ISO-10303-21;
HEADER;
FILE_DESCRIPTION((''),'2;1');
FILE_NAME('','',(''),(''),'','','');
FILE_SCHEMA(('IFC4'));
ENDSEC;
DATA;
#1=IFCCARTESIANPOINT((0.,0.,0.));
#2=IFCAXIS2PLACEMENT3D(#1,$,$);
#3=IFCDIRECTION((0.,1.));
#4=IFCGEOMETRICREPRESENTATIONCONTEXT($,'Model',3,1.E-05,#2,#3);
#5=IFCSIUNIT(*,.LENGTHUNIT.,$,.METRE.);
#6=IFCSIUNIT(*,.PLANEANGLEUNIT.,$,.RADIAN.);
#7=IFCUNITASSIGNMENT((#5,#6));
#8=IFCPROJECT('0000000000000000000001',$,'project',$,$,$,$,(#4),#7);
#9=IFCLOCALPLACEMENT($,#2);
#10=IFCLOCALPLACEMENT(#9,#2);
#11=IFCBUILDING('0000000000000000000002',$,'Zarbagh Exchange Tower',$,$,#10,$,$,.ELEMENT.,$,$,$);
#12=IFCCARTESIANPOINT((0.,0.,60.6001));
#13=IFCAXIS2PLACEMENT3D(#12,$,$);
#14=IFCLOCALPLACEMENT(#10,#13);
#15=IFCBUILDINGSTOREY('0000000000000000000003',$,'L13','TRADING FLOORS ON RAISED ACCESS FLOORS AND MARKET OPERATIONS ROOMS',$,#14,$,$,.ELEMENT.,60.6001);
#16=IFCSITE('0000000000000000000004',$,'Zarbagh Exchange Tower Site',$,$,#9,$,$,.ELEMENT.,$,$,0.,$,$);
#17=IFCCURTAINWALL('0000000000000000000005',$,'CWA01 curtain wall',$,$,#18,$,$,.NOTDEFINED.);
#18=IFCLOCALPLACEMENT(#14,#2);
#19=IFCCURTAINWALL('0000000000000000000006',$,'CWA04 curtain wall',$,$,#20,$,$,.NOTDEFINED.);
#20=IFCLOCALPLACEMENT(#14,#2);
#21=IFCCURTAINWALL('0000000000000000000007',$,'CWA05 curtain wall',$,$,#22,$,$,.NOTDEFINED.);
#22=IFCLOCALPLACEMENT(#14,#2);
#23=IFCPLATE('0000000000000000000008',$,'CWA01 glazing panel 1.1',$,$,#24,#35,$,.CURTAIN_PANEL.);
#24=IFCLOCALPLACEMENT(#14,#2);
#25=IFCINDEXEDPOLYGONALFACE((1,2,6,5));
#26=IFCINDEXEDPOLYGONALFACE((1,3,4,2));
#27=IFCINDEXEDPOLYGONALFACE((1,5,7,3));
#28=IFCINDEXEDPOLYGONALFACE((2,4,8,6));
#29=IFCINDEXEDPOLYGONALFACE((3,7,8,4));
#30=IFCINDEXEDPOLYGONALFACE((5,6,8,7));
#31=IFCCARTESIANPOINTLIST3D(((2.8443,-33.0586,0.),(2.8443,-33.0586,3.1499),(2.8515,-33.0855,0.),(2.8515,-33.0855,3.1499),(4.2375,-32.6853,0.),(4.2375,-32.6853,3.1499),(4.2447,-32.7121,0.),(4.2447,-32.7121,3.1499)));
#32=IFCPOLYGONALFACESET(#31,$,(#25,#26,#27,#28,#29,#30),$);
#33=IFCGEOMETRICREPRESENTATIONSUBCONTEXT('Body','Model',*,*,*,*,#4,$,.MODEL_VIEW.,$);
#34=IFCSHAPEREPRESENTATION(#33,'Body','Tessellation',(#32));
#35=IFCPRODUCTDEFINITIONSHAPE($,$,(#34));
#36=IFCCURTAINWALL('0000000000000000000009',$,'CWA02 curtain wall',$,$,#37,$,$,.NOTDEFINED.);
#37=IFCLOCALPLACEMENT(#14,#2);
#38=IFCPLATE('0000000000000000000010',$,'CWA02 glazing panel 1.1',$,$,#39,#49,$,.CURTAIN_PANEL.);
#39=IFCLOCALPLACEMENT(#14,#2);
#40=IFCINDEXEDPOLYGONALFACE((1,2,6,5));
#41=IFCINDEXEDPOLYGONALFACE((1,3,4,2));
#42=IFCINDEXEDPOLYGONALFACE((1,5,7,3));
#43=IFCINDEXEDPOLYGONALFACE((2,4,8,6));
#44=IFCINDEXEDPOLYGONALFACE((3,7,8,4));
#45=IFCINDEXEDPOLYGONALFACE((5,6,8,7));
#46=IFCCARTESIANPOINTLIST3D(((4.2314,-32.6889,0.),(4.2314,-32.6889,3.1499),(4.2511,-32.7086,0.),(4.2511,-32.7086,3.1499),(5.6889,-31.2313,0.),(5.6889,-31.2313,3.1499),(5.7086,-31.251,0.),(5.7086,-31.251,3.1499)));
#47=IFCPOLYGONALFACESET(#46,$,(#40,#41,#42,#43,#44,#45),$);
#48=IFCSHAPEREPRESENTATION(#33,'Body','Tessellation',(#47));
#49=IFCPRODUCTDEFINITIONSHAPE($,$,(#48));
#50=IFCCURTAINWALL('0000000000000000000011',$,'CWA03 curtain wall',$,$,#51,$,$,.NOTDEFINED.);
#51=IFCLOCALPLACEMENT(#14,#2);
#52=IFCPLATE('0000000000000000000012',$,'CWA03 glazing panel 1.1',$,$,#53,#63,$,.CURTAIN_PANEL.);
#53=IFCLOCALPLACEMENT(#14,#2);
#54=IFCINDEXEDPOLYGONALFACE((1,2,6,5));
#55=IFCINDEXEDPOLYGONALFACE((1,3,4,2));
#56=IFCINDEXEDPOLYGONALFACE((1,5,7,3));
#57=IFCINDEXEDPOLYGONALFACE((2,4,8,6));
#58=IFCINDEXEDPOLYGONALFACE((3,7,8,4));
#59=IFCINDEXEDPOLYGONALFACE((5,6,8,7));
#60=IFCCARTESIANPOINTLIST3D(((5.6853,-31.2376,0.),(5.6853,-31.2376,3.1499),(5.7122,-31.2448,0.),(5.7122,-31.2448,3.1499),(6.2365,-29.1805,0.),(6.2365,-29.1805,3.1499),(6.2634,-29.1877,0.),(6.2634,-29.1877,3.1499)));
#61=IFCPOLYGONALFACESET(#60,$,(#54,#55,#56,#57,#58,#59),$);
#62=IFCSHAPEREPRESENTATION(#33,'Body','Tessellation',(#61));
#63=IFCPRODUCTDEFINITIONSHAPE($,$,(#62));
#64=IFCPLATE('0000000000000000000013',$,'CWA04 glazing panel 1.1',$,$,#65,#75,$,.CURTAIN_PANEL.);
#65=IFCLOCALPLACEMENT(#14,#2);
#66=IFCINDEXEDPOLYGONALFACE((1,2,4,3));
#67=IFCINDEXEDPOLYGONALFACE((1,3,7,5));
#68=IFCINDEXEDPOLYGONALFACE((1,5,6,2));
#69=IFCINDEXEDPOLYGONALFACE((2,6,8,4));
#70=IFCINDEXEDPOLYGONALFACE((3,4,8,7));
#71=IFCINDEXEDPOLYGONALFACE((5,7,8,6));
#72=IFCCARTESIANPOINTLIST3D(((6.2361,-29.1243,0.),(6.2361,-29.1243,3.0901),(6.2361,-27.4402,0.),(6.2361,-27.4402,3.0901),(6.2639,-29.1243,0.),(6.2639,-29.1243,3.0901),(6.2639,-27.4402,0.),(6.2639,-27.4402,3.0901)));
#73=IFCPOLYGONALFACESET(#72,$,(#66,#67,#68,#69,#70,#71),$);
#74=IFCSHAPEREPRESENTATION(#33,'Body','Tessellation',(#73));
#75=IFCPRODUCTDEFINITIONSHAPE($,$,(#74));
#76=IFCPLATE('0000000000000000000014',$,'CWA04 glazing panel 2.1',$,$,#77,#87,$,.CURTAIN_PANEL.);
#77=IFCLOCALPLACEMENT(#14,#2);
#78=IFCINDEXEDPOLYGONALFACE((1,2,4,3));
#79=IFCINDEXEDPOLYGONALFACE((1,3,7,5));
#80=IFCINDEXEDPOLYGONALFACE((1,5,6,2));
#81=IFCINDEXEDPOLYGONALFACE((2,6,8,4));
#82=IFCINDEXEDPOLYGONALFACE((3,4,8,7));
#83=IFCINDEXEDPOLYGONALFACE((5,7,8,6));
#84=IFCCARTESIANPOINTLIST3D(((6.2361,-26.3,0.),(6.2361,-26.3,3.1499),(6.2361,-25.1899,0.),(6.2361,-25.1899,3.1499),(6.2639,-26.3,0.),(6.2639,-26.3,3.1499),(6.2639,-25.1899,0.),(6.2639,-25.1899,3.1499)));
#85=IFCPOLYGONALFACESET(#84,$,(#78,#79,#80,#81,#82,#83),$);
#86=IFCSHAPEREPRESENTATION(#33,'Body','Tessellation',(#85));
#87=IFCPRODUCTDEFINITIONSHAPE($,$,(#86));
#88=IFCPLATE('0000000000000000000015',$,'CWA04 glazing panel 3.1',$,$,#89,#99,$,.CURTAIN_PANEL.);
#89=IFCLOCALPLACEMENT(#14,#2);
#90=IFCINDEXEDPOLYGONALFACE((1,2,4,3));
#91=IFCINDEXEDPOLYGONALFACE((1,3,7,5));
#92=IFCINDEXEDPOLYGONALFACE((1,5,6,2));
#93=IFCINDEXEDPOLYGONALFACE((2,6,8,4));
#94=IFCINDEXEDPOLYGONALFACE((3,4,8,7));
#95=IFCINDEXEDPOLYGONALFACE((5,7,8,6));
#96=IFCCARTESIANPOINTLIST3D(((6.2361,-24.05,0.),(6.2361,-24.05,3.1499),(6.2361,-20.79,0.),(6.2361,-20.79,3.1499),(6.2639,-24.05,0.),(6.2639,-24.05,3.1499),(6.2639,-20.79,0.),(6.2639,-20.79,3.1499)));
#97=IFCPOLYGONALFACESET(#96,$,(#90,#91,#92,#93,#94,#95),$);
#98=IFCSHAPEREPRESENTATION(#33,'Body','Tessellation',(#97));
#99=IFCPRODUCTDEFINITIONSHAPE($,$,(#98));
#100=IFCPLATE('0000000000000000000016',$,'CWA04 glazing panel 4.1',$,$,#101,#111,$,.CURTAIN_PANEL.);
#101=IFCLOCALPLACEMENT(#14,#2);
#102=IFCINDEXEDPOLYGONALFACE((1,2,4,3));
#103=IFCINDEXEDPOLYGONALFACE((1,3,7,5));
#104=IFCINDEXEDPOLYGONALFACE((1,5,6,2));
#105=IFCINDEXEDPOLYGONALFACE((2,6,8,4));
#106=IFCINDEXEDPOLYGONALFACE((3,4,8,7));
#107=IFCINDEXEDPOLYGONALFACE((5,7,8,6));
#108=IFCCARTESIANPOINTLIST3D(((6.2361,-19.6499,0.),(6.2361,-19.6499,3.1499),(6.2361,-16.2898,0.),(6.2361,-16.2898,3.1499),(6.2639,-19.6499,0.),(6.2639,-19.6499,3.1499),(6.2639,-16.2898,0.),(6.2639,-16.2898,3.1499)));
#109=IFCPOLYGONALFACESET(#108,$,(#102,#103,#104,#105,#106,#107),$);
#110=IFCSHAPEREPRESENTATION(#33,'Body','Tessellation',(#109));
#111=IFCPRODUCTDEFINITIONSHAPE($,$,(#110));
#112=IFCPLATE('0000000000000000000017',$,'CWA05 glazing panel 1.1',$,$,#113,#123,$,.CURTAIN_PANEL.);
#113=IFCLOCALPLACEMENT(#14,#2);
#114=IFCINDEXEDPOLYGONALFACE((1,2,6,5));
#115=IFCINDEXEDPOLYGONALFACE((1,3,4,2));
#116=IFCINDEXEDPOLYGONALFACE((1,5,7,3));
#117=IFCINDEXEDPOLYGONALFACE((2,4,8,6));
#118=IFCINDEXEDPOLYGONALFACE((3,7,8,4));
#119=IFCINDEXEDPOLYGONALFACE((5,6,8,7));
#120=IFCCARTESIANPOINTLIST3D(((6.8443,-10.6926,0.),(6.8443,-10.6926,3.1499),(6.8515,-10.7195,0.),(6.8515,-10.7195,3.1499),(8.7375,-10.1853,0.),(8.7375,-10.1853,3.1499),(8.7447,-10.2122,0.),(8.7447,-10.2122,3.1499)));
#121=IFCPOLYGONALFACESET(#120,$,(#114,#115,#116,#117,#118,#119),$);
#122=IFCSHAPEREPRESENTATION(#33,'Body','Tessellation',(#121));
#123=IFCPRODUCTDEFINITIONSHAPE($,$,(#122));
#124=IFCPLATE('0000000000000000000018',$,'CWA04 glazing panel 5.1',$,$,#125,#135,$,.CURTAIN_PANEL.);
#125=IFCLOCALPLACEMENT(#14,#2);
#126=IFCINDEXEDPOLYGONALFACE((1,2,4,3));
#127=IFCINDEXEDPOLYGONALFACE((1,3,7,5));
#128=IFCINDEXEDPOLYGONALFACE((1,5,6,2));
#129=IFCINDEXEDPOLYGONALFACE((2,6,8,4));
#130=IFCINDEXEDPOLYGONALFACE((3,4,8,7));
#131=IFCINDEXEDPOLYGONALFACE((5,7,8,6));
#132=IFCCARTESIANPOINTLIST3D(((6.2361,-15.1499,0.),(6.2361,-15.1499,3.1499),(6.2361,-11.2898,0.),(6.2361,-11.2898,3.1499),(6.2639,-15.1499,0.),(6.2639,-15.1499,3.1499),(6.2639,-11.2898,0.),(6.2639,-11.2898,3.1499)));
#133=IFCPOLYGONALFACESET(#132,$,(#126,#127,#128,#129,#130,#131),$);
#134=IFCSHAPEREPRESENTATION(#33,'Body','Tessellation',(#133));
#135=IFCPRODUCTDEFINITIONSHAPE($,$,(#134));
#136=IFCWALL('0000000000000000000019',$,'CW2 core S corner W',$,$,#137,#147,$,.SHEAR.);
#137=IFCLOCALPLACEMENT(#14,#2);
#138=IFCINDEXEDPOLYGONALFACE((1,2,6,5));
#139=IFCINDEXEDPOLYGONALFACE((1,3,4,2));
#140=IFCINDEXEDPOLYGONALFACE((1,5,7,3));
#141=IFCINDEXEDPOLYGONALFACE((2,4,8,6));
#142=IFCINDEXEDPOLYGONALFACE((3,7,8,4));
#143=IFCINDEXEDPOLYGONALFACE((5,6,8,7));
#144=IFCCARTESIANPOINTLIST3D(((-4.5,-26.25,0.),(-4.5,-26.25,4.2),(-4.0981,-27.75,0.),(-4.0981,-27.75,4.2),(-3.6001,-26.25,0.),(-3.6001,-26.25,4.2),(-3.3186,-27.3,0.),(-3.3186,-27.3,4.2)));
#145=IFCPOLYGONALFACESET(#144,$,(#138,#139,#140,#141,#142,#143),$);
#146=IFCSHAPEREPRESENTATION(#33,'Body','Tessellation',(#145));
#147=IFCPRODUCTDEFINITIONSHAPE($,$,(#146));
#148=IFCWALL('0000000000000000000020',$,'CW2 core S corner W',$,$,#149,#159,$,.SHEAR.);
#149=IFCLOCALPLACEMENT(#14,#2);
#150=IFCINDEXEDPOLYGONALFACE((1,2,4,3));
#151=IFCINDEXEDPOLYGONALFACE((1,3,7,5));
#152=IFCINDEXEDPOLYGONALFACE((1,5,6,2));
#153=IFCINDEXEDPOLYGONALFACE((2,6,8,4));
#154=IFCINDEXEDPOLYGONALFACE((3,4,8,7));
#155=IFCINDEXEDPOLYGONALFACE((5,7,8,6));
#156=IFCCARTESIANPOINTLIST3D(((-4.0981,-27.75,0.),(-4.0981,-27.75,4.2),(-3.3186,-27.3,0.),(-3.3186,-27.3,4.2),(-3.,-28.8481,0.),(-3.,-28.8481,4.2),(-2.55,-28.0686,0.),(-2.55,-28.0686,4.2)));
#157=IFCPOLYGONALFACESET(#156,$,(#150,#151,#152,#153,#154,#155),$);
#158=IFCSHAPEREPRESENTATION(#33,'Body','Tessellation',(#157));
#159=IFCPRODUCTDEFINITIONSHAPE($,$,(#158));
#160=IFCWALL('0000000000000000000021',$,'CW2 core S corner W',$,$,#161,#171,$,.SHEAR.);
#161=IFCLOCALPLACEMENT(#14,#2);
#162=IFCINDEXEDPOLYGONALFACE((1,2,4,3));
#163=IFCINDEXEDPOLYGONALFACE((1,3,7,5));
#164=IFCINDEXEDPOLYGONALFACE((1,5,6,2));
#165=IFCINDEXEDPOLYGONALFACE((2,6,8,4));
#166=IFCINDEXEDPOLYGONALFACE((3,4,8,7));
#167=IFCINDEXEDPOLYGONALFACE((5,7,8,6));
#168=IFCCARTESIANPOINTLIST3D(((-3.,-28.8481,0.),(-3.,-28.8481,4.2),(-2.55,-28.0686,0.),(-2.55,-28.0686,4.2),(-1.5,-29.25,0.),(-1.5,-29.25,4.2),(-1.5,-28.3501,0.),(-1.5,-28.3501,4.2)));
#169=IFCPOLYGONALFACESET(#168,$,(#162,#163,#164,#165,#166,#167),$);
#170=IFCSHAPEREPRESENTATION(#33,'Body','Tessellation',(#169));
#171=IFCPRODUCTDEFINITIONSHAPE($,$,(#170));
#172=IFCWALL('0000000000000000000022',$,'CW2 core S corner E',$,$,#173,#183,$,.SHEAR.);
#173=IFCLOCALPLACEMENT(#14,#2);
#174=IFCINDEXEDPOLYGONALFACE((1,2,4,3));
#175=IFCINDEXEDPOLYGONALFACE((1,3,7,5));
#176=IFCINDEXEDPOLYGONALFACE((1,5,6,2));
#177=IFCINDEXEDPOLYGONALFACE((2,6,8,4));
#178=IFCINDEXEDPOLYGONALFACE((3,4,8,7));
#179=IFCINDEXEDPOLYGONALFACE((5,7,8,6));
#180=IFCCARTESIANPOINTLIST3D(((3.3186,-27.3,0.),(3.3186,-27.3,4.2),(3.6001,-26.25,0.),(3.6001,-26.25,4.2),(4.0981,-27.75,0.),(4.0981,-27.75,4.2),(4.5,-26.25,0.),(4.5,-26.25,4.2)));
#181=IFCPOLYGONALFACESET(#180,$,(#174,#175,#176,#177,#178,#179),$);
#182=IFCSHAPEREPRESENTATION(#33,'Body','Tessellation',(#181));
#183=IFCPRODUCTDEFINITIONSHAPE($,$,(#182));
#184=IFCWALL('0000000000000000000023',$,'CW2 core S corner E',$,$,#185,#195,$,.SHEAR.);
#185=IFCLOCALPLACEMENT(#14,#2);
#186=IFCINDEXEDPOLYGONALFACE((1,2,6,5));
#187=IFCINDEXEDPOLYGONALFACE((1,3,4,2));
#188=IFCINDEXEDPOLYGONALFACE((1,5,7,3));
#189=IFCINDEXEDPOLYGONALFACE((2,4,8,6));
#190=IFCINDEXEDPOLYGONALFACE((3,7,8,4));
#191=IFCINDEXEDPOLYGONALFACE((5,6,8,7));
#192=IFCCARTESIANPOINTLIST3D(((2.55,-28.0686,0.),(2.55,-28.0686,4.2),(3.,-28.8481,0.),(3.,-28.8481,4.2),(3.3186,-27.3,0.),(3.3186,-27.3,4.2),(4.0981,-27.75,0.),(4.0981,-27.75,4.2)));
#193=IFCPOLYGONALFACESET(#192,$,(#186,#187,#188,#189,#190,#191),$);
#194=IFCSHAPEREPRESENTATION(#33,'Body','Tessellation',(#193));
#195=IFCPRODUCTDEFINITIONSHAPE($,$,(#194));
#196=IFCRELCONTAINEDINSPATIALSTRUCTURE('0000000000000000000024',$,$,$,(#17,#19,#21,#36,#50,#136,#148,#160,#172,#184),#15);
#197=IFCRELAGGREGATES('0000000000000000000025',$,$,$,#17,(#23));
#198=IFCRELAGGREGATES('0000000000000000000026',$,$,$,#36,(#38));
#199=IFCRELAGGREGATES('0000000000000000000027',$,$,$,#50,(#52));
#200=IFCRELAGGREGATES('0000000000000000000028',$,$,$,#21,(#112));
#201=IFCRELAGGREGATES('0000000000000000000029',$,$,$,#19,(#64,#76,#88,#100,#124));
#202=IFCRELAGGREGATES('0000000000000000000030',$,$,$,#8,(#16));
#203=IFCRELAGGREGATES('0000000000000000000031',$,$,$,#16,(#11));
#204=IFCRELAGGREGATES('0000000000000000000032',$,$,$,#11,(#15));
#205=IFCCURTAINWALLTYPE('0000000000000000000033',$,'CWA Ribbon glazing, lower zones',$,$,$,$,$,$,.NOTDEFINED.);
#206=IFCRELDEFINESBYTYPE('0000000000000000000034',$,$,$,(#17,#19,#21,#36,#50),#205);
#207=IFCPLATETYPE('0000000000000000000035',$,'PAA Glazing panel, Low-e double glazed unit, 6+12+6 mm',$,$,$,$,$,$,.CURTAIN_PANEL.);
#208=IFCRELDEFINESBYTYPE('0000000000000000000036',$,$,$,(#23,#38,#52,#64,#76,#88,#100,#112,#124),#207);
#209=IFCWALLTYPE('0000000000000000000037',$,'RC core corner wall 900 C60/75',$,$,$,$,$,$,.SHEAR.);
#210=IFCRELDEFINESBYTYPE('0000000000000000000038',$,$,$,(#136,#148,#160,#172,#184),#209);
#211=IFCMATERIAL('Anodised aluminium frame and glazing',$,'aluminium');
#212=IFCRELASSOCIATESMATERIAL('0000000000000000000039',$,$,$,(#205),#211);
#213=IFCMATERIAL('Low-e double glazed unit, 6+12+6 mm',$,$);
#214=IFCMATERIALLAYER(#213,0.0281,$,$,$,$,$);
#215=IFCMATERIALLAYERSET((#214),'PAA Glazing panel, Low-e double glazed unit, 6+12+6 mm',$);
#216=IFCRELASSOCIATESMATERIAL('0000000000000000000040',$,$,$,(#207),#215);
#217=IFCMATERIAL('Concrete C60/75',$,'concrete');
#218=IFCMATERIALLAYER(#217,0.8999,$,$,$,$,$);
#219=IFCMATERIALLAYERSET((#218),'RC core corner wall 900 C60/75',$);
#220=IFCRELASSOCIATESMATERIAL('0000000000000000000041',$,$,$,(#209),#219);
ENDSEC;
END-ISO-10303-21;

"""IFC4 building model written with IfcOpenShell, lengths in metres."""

from ifc_helpers import new_model, si_unit, direction, frame, origin, place, context, subcontext, project, spatial, polyline, outline, extrude, source, transform, mapped, material, layer, layer_set, type_object, element, aggregate, save


model = new_model("IFC4")

# Units and contexts
model_context = context("Model", 3, precision=1e-05, world=origin(), true_north=direction((0.0, 1.0)))
body_context = subcontext(model_context, "Body", "Model", "MODEL_VIEW")
ifc_project = project(units=[si_unit("LENGTHUNIT", "METRE"), si_unit("PLANEANGLEUNIT", "RADIAN")], contexts=[model_context])

# Site, building, storey
site_placement = place(None, origin())
site = spatial("IfcSite", under=ifc_project, at=site_placement, Name="Zarbagh Exchange Tower Site", CompositionType="ELEMENT", RefElevation=0.0)
building_placement = place(site_placement, origin())
building = spatial("IfcBuilding", under=site, at=building_placement, Name="Zarbagh Exchange Tower", CompositionType="ELEMENT")
storey_placement = place(building_placement, frame((0.0, 0.0, 60.6001)))
storey = spatial("IfcBuildingStorey", under=building, at=storey_placement, Name="L13", Description="TRADING FLOORS ON RAISED ACCESS FLOORS AND MARKET OPERATIONS ROOMS", CompositionType="ELEMENT", Elevation=60.6001)

# Curtain wall
ifc_material_1 = material(Name="Anodised aluminium frame and glazing", Category="aluminium")
curtain_wall_type = type_object("IfcCurtainWallType", Name="CWA Ribbon glazing, lower zones", PredefinedType="NOTDEFINED", material=ifc_material_1)
curtain_wall_1_placement = place(storey_placement, origin())
curtain_wall_1 = element("IfcCurtainWall", 1, at=curtain_wall_1_placement, inside=storey, type_object=curtain_wall_type, Name="CWA01 curtain wall", PredefinedType="NOTDEFINED")
placement = place(storey_placement, origin())

# Curtain wall
curtain_wall_2_placement = place(storey_placement, origin())
curtain_wall_2 = element("IfcCurtainWall", 2, at=curtain_wall_2_placement, inside=storey, type_object=curtain_wall_type, Name="CWA04 curtain wall", PredefinedType="NOTDEFINED")

# Curtain wall
curtain_wall_3_placement = place(storey_placement, origin())
curtain_wall_3 = element("IfcCurtainWall", 3, at=curtain_wall_3_placement, inside=storey, type_object=curtain_wall_type, Name="CWA05 curtain wall", PredefinedType="NOTDEFINED")

# Plate
ifc_material_2 = material(Name="Low-e double glazed unit, 6+12+6 mm")
ifc_layer_1 = layer(ifc_material_2, 0.0281)
ifc_layer_set_1 = layer_set([ifc_layer_1], Name="PAA Glazing panel, Low-e double glazed unit, 6+12+6 mm")
plate_type = type_object("IfcPlateType", Name="PAA Glazing panel, Low-e double glazed unit, 6+12+6 mm", PredefinedType="CURTAIN_PANEL", material=ifc_layer_set_1)
shared_shape_1 = source(origin(), body_context, "Body", "SweptSolid", [
    extrude(outline(polyline([(0.0, -0.0139), (1.4424, -0.0139), (1.4424, 0.0139), (0.0, 0.0139), (0.0, -0.0139)])), origin(), (0.0, 0.0, 1.0), 3.1499),
])
plate_1 = element("IfcPlate", 4, at=placement, type_object=plate_type, Name="CWA01 glazing panel 1.1", PredefinedType="CURTAIN_PANEL", context=body_context, shape_type="MappedRepresentation", body=[
    mapped(shared_shape_1, transform((2.8479, -33.072, 0.0), x_axis=(0.965924, 0.258825, 0.0), y_axis=(-0.258825, 0.965924, 0.0), z_axis=(0.0, 0.0, 1.0))),
])
aggregate(curtain_wall_1, [plate_1])

# Curtain walls, plates
curtain_wall_4_placement = place(storey_placement, origin())
curtain_wall_4 = element("IfcCurtainWall", 5, at=curtain_wall_4_placement, inside=storey, type_object=curtain_wall_type, Name="CWA02 curtain wall", PredefinedType="NOTDEFINED")
shared_shape_2 = source(origin(), body_context, "Body", "SweptSolid", [
    extrude(outline(polyline([(0.0, -0.0139), (2.0613, -0.0139), (2.0613, 0.0139), (0.0, 0.0139), (0.0, -0.0139)])), origin(), (0.0, 0.0, 1.0), 3.1499),
])
plate_2 = element("IfcPlate", 6, at=placement, type_object=plate_type, Name="CWA02 glazing panel 1.1", PredefinedType="CURTAIN_PANEL", context=body_context, shape_type="MappedRepresentation", body=[
    mapped(shared_shape_2, transform((4.2412, -32.6987, 0.0), x_axis=(0.707107, 0.707107, 0.0), y_axis=(-0.707107, 0.707107, 0.0), z_axis=(0.0, 0.0, 1.0))),
])
aggregate(curtain_wall_4, [plate_2])
curtain_wall_5_placement = place(storey_placement, origin())
curtain_wall_5 = element("IfcCurtainWall", 7, at=curtain_wall_5_placement, inside=storey, type_object=curtain_wall_type, Name="CWA03 curtain wall", PredefinedType="NOTDEFINED")
shared_shape_3 = source(origin(), body_context, "Body", "SweptSolid", [
    extrude(outline(polyline([(0.0, -0.0139), (2.1296, -0.0139), (2.1296, 0.0139), (0.0, 0.0139), (0.0, -0.0139)])), origin(), (0.0, 0.0, 1.0), 3.1499),
])
plate_3 = element("IfcPlate", 8, at=placement, type_object=plate_type, Name="CWA03 glazing panel 1.1", PredefinedType="CURTAIN_PANEL", context=body_context, shape_type="MappedRepresentation", body=[
    mapped(shared_shape_3, transform((5.6987, -31.2412, 0.0), x_axis=(0.258825, 0.965924, 0.0), y_axis=(-0.965924, 0.258825, 0.0), z_axis=(0.0, 0.0, 1.0))),
])
aggregate(curtain_wall_5, [plate_3])

# Plates
shared_shape_4 = source(origin(), body_context, "Body", "SweptSolid", [
    extrude(outline(polyline([(0.0, -0.0139), (1.6841, -0.0139), (1.6841, 0.0139), (0.0, 0.0139), (0.0, -0.0139)])), origin(), (0.0, 0.0, 1.0), 3.0901),
])
plate_4 = element("IfcPlate", 9, at=placement, type_object=plate_type, Name="CWA04 glazing panel 1.1", PredefinedType="CURTAIN_PANEL", context=body_context, shape_type="MappedRepresentation", body=[
    mapped(shared_shape_4, transform((6.25, -29.1243, 0.0), x_axis=(0.0, 1.0, 0.0), y_axis=(-1.0, 0.0, 0.0), z_axis=(0.0, 0.0, 1.0))),
])
shared_shape_5 = source(origin(), body_context, "Body", "SweptSolid", [
    extrude(outline(polyline([(0.0, -0.0139), (1.1101, -0.0139), (1.1101, 0.0139), (0.0, 0.0139), (0.0, -0.0139)])), origin(), (0.0, 0.0, 1.0), 3.1499),
])
plate_5 = element("IfcPlate", 10, at=placement, type_object=plate_type, Name="CWA04 glazing panel 2.1", PredefinedType="CURTAIN_PANEL", context=body_context, shape_type="MappedRepresentation", body=[
    mapped(shared_shape_5, transform((6.25, -26.3, 0.0), x_axis=(0.0, 1.0, 0.0), y_axis=(-1.0, 0.0, 0.0), z_axis=(0.0, 0.0, 1.0))),
])
shared_shape_6 = source(origin(), body_context, "Body", "SweptSolid", [
    extrude(outline(polyline([(0.0, -0.0139), (3.26, -0.0139), (3.26, 0.0139), (0.0, 0.0139), (0.0, -0.0139)])), origin(), (0.0, 0.0, 1.0), 3.1499),
])
plate_6 = element("IfcPlate", 11, at=placement, type_object=plate_type, Name="CWA04 glazing panel 3.1", PredefinedType="CURTAIN_PANEL", context=body_context, shape_type="MappedRepresentation", body=[
    mapped(shared_shape_6, transform((6.25, -24.05, 0.0), x_axis=(0.0, 1.0, 0.0), y_axis=(-1.0, 0.0, 0.0), z_axis=(0.0, 0.0, 1.0))),
])
shared_shape_7 = source(origin(), body_context, "Body", "SweptSolid", [
    extrude(outline(polyline([(0.0, -0.0139), (3.3601, -0.0139), (3.3601, 0.0139), (0.0, 0.0139), (0.0, -0.0139)])), origin(), (0.0, 0.0, 1.0), 3.1499),
])
plate_7 = element("IfcPlate", 12, at=placement, type_object=plate_type, Name="CWA04 glazing panel 4.1", PredefinedType="CURTAIN_PANEL", context=body_context, shape_type="MappedRepresentation", body=[
    mapped(shared_shape_7, transform((6.25, -19.6499, 0.0), x_axis=(0.0, 1.0, 0.0), y_axis=(-1.0, 0.0, 0.0), z_axis=(0.0, 0.0, 1.0))),
])
shared_shape_8 = source(origin(), body_context, "Body", "SweptSolid", [
    extrude(outline(polyline([(0.0, -0.0139), (1.96, -0.0139), (1.96, 0.0139), (0.0, 0.0139), (0.0, -0.0139)])), origin(), (0.0, 0.0, 1.0), 3.1499),
])
plate_8 = element("IfcPlate", 13, at=placement, type_object=plate_type, Name="CWA05 glazing panel 1.1", PredefinedType="CURTAIN_PANEL", context=body_context, shape_type="MappedRepresentation", body=[
    mapped(shared_shape_8, transform((6.8479, -10.7061, 0.0), x_axis=(0.965924, 0.258825, 0.0), y_axis=(-0.258825, 0.965924, 0.0), z_axis=(0.0, 0.0, 1.0))),
])
aggregate(curtain_wall_3, [plate_8])
shared_shape_9 = source(origin(), body_context, "Body", "SweptSolid", [
    extrude(outline(polyline([(0.0, -0.0139), (3.8601, -0.0139), (3.8601, 0.0139), (0.0, 0.0139), (0.0, -0.0139)])), origin(), (0.0, 0.0, 1.0), 3.1499),
])
plate_9 = element("IfcPlate", 14, at=placement, type_object=plate_type, Name="CWA04 glazing panel 5.1", PredefinedType="CURTAIN_PANEL", context=body_context, shape_type="MappedRepresentation", body=[
    mapped(shared_shape_9, transform((6.25, -15.1499, 0.0), x_axis=(0.0, 1.0, 0.0), y_axis=(-1.0, 0.0, 0.0), z_axis=(0.0, 0.0, 1.0))),
])
aggregate(curtain_wall_2, [plate_4, plate_5, plate_6, plate_7, plate_9])

# Walls
ifc_material_3 = material(Name="Concrete C60/75", Category="concrete")
ifc_layer_2 = layer(ifc_material_3, 0.8999)
ifc_layer_set_2 = layer_set([ifc_layer_2], Name="RC core corner wall 900 C60/75")
wall_type = type_object("IfcWallType", Name="RC core corner wall 900 C60/75", PredefinedType="SHEAR", material=ifc_layer_set_2)
wall_1_placement = place(storey_placement, origin())
element("IfcWall", 15, at=wall_1_placement, inside=storey, type_object=wall_type, Name="CW2 core S corner W", PredefinedType="SHEAR", context=body_context, shape_type="SweptSolid", body=[
    extrude(outline(polyline([(-4.5, -26.25), (-4.0981, -27.75), (-3.3186, -27.3), (-3.6001, -26.25), (-4.5, -26.25)])), origin(), (0.0, 0.0, 1.0), 4.2),
])
wall_2_placement = place(storey_placement, origin())
element("IfcWall", 16, at=wall_2_placement, inside=storey, type_object=wall_type, Name="CW2 core S corner W", PredefinedType="SHEAR", context=body_context, shape_type="SweptSolid", body=[
    extrude(outline(polyline([(-4.0981, -27.75), (-3.0, -28.8481), (-2.55, -28.0686), (-3.3186, -27.3), (-4.0981, -27.75)])), origin(), (0.0, 0.0, 1.0), 4.2),
])
wall_3_placement = place(storey_placement, origin())
element("IfcWall", 17, at=wall_3_placement, inside=storey, type_object=wall_type, Name="CW2 core S corner W", PredefinedType="SHEAR", context=body_context, shape_type="SweptSolid", body=[
    extrude(outline(polyline([(-3.0, -28.8481), (-1.5, -29.25), (-1.5, -28.3501), (-2.55, -28.0686), (-3.0, -28.8481)])), origin(), (0.0, 0.0, 1.0), 4.2),
])
wall_4_placement = place(storey_placement, origin())
element("IfcWall", 18, at=wall_4_placement, inside=storey, type_object=wall_type, Name="CW2 core S corner E", PredefinedType="SHEAR", context=body_context, shape_type="SweptSolid", body=[
    extrude(outline(polyline([(4.5, -26.25), (4.0981, -27.75), (3.3186, -27.3), (3.6001, -26.25), (4.5, -26.25)])), origin(), (0.0, 0.0, 1.0), 4.2),
])
wall_5_placement = place(storey_placement, origin())
element("IfcWall", 19, at=wall_5_placement, inside=storey, type_object=wall_type, Name="CW2 core S corner E", PredefinedType="SHEAR", context=body_context, shape_type="SweptSolid", body=[
    extrude(outline(polyline([(4.0981, -27.75), (3.0, -28.8481), (2.55, -28.0686), (3.3186, -27.3), (4.0981, -27.75)])), origin(), (0.0, 0.0, 1.0), 4.2),
])

save(model, "model.ifc")
